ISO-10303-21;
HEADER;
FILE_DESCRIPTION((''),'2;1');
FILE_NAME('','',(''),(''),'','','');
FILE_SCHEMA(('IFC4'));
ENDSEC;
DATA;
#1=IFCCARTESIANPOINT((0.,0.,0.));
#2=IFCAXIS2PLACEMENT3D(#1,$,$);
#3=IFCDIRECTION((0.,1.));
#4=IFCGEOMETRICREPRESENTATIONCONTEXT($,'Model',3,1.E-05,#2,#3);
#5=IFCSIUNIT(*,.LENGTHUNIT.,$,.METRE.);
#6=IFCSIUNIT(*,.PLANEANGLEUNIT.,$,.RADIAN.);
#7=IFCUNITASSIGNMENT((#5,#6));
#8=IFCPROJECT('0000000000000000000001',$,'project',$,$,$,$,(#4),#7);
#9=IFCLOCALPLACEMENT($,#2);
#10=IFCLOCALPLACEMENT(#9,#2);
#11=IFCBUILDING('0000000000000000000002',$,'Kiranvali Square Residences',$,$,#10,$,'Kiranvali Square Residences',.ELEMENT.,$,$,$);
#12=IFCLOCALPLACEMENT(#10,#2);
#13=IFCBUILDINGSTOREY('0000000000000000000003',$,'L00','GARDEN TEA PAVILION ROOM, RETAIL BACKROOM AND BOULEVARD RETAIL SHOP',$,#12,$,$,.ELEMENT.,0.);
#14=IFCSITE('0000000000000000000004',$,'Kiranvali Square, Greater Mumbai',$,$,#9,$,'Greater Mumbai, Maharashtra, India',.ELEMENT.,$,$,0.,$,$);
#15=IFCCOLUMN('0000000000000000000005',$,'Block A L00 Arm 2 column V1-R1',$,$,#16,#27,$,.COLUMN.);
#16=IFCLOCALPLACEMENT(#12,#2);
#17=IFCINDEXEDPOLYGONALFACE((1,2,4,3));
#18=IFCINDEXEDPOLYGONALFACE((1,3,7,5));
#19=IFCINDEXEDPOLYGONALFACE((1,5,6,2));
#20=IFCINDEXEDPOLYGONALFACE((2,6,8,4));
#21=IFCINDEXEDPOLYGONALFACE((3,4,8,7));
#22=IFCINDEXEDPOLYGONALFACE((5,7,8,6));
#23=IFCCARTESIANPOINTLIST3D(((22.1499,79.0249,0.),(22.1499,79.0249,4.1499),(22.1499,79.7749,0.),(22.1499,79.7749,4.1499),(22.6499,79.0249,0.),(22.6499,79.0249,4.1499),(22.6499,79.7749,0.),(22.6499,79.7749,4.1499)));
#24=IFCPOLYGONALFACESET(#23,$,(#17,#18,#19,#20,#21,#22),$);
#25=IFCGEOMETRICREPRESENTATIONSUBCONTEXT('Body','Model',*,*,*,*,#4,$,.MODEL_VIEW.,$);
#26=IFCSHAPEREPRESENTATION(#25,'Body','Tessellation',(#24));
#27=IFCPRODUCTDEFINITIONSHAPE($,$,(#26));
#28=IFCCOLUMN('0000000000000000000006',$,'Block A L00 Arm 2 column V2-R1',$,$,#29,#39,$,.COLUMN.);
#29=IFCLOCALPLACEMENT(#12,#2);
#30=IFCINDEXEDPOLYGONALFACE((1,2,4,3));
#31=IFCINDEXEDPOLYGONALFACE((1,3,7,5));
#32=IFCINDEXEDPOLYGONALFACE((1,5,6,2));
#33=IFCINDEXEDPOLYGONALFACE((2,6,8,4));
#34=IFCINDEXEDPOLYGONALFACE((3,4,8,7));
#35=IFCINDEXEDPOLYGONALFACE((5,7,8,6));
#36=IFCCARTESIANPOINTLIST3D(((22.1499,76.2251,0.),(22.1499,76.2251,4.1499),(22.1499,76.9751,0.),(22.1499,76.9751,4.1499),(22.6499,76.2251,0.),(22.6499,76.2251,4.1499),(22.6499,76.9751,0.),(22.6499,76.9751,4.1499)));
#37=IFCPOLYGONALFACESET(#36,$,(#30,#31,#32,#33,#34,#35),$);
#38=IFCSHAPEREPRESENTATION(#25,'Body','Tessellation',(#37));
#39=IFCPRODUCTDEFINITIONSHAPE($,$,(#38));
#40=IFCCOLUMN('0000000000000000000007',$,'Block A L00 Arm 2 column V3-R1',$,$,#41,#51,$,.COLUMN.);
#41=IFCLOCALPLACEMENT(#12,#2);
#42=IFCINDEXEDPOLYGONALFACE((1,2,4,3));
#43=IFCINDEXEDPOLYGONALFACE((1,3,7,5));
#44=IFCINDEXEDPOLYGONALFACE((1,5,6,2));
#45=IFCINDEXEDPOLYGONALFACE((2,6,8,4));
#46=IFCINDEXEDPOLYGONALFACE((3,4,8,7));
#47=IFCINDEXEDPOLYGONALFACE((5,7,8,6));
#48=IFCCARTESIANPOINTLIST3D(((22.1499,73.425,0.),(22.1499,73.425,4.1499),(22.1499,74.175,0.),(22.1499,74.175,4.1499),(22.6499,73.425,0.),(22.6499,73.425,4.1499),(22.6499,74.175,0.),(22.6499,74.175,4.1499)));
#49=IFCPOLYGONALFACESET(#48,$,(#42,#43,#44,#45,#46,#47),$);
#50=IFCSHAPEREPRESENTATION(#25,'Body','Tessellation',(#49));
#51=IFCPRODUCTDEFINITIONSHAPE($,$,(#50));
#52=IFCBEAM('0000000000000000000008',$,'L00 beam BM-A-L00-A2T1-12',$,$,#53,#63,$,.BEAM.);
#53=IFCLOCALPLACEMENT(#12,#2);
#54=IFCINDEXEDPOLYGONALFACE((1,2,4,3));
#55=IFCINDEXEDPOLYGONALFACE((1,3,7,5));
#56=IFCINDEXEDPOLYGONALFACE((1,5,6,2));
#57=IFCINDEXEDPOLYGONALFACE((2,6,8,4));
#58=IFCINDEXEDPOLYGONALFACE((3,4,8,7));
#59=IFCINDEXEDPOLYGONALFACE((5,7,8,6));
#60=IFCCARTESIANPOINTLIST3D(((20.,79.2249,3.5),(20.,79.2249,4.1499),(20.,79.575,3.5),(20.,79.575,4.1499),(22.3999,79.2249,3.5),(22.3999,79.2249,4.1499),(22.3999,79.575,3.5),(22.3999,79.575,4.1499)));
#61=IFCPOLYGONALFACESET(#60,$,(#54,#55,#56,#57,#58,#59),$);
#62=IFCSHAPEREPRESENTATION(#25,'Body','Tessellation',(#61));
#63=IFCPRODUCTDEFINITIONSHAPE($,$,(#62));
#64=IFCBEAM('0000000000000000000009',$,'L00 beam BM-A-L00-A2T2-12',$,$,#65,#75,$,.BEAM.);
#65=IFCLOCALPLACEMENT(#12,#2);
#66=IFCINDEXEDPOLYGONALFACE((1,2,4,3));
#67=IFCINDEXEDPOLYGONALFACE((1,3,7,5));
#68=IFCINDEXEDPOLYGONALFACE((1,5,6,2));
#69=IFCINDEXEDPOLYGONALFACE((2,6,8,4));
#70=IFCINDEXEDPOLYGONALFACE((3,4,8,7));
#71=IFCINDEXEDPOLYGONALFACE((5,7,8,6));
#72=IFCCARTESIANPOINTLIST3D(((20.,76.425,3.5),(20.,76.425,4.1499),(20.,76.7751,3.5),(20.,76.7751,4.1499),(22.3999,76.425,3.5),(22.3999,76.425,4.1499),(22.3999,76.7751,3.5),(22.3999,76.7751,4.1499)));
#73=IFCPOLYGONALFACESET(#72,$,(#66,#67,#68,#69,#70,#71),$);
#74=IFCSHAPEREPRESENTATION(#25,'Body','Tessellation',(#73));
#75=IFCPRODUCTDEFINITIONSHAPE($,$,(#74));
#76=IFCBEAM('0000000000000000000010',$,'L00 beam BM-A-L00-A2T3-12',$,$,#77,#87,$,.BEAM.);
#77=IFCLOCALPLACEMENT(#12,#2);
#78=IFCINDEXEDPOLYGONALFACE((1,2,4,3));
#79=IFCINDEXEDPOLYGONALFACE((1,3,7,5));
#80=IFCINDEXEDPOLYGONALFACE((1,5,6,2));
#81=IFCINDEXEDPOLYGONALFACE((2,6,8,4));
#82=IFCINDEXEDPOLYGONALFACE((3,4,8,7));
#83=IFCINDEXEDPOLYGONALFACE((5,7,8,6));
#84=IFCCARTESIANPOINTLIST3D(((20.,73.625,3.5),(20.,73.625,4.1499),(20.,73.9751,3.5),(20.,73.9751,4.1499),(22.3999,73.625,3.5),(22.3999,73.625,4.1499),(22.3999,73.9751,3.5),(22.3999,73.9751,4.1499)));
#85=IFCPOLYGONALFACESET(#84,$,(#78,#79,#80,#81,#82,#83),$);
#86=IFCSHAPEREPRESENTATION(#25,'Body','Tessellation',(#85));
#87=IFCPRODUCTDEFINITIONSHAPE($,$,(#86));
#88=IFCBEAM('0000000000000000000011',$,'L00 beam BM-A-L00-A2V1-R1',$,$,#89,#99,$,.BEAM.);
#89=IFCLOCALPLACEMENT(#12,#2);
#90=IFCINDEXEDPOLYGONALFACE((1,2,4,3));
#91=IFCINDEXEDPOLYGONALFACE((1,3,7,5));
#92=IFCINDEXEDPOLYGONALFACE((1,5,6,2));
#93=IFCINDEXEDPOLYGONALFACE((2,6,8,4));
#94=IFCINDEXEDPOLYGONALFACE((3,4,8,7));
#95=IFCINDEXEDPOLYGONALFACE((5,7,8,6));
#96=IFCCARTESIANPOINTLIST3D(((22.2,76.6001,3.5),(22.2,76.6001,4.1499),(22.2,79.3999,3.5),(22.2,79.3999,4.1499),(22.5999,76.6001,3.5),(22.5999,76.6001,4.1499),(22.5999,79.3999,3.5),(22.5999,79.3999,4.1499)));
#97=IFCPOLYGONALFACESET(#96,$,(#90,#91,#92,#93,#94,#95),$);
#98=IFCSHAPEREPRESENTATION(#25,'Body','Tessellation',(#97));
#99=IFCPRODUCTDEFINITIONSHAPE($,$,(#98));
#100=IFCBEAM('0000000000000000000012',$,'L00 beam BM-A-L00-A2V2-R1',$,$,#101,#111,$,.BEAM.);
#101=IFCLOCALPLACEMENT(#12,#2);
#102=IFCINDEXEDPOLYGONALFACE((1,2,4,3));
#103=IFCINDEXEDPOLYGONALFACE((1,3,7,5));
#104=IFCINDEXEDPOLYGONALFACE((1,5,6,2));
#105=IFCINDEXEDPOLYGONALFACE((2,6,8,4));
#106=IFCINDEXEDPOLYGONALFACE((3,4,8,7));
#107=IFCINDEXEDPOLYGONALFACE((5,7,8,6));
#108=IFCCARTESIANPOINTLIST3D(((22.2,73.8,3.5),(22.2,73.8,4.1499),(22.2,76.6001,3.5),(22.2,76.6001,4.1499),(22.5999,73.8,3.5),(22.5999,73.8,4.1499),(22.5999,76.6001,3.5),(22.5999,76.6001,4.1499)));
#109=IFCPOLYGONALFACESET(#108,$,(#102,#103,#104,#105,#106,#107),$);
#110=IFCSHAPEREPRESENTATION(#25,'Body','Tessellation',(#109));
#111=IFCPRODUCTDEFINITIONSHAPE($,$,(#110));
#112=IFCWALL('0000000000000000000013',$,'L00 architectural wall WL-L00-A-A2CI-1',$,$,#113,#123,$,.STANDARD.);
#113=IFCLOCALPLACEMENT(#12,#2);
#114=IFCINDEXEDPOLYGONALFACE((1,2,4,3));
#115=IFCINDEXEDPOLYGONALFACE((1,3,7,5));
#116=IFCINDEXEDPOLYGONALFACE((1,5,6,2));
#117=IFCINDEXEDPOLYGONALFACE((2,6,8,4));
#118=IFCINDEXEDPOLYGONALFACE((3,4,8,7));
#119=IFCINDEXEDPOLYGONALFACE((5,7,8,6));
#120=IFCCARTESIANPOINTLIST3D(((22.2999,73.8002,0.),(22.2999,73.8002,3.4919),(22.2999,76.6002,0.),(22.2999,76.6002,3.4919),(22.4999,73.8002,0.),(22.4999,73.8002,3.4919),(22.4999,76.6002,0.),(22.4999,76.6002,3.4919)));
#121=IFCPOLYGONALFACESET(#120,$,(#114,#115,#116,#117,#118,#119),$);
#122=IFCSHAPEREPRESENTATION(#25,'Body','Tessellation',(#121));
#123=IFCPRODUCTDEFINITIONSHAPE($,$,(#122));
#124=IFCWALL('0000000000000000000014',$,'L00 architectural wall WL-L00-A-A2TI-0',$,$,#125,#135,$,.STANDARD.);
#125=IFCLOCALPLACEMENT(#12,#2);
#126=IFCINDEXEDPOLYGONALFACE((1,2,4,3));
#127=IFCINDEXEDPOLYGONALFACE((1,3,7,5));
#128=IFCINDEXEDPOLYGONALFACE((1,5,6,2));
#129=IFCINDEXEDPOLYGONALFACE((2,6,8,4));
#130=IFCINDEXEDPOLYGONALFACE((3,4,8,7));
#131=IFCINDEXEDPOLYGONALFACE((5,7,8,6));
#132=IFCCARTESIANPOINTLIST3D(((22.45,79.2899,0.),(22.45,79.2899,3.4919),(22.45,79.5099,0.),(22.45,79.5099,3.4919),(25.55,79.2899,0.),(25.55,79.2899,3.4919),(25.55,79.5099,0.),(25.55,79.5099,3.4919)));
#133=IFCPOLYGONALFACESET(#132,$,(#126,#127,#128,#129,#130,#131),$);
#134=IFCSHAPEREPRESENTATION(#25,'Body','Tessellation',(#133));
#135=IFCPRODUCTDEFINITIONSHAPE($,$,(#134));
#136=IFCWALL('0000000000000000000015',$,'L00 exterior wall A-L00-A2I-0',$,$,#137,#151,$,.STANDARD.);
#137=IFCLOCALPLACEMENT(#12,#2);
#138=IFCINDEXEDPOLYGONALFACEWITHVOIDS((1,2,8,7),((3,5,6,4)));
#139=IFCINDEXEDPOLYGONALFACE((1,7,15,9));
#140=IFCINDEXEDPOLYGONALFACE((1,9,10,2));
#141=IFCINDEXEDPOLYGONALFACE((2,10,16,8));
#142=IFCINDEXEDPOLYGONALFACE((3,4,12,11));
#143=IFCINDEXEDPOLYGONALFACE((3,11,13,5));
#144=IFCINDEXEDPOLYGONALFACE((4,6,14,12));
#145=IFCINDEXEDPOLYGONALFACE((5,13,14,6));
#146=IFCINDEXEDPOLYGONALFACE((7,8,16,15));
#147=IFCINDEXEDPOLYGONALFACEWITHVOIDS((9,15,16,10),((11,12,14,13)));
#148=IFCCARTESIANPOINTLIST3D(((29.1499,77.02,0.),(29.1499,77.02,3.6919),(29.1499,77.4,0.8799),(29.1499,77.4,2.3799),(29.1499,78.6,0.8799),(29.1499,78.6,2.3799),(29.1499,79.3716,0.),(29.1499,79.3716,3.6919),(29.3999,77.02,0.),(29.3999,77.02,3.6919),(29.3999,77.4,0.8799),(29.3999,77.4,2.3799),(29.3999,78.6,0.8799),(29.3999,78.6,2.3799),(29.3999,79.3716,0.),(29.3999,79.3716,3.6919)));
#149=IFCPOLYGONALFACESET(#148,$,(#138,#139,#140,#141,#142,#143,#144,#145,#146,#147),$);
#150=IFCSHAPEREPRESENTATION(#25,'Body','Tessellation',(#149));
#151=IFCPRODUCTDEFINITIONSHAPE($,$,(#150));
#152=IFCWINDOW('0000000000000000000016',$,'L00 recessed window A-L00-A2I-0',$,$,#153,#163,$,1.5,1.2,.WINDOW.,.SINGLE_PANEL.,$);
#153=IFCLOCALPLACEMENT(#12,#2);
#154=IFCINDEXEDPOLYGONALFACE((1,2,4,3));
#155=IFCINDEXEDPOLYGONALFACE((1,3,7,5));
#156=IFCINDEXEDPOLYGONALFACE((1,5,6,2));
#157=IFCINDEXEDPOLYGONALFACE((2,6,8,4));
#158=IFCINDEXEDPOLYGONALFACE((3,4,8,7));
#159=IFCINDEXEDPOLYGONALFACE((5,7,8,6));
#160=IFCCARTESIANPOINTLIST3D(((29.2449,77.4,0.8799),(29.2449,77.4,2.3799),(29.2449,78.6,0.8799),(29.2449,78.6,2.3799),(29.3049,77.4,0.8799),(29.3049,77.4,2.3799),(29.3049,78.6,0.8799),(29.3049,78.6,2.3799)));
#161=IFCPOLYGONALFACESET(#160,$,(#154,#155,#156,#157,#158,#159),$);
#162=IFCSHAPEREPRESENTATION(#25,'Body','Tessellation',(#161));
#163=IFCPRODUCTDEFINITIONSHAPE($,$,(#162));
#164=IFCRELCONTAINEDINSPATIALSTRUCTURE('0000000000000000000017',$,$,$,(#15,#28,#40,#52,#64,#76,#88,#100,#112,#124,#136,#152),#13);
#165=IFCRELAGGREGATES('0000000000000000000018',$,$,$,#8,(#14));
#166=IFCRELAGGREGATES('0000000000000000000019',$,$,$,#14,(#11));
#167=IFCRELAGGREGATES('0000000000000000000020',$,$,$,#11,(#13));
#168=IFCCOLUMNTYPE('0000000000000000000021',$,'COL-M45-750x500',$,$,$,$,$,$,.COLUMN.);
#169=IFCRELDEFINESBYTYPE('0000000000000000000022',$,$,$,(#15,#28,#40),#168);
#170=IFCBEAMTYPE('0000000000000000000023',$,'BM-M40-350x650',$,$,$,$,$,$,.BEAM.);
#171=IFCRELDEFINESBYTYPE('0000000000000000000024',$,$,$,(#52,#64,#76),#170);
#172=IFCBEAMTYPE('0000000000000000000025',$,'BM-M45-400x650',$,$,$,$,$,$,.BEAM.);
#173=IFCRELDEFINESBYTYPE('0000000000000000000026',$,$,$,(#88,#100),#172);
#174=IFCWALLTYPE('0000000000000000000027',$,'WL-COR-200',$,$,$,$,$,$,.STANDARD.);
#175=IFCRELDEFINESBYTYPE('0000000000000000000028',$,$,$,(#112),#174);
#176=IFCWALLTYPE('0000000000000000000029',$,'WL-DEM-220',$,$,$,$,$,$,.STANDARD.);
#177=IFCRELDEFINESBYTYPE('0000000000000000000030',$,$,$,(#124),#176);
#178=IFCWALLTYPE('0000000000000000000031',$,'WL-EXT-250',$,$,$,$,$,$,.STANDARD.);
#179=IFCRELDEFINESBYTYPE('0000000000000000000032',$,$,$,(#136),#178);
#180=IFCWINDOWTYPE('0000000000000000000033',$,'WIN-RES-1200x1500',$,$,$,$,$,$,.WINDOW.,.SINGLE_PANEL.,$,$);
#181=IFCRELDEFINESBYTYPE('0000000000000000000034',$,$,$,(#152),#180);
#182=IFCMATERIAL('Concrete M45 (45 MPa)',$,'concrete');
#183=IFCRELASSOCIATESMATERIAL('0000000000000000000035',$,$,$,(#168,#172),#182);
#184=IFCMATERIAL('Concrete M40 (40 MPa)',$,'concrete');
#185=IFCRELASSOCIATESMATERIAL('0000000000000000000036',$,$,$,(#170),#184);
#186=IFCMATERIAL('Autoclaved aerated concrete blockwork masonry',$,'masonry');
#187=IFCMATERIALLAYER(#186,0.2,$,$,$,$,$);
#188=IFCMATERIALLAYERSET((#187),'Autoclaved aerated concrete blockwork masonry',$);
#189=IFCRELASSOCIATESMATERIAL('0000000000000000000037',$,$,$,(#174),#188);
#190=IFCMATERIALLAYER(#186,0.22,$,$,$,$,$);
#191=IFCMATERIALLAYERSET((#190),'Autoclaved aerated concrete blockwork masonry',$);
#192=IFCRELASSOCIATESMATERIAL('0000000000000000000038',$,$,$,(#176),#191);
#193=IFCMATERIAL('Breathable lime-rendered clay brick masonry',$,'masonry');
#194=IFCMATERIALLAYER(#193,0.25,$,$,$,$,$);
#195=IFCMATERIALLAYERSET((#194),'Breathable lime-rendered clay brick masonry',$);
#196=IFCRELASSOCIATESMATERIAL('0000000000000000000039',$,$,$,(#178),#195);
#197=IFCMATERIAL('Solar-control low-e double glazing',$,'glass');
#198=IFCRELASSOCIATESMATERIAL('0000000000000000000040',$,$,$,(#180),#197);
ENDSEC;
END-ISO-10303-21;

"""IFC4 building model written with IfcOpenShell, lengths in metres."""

from ifc_helpers import new_model, si_unit, direction, frame, frame_2d, origin, origin_2d, place, context, subcontext, project, spatial, rectangle, extrude, material, layer, layer_set, material_profile, profile_set, type_object, element, fill, save


model = new_model("IFC4")

# Units and contexts
model_context = context("Model", 3, precision=1e-05, world=origin(), true_north=direction((0.0, 1.0)))
body_context = subcontext(model_context, "Body", "Model", "MODEL_VIEW")
ifc_project = project(units=[si_unit("LENGTHUNIT", "METRE"), si_unit("PLANEANGLEUNIT", "RADIAN")], contexts=[model_context])

# Site, building, storey
site_placement = place(None, origin())
site = spatial("IfcSite", under=ifc_project, at=site_placement, Name="Kiranvali Square, Greater Mumbai", LongName="Greater Mumbai, Maharashtra, India", CompositionType="ELEMENT", RefElevation=0.0)
building_placement = place(site_placement, origin())
building = spatial("IfcBuilding", under=site, at=building_placement, Name="Kiranvali Square Residences", LongName="Kiranvali Square Residences", CompositionType="ELEMENT")
storey_placement = place(building_placement, origin())
storey = spatial("IfcBuildingStorey", under=building, at=storey_placement, Name="L00", Description="GARDEN TEA PAVILION ROOM, RETAIL BACKROOM AND BOULEVARD RETAIL SHOP", CompositionType="ELEMENT", Elevation=0.0)

# Columns
ifc_material_1 = material(Name="Concrete M45 (45 MPa)", Category="concrete")
ifc_material_profile_1 = material_profile(ifc_material_1, rectangle(XDim=0.5, YDim=0.75, at=origin_2d()), Name="RC 750x500")
ifc_profile_set_1 = profile_set([ifc_material_profile_1], Name="Concrete M45 (45 MPa)")
column_type = type_object("IfcColumnType", Name="COL-M45-750x500", PredefinedType="COLUMN", material=ifc_profile_set_1)
for number, where, z_axis, x_axis, name in (
    (1, (22.3999, 79.3999, 0.0), (0.0, 0.0, 1.0), (1.0, 0.0, 0.0), "Block A L00 Arm 2 column V1-R1"),
    (2, (22.3999, 76.6001, 0.0), (0.0, 0.0, 1.0), (1.0, 0.0, 0.0), "Block A L00 Arm 2 column V2-R1"),
    (3, (22.3999, 73.8, 0.0), (0.0, 0.0, 1.0), (1.0, 0.0, 0.0), "Block A L00 Arm 2 column V3-R1"),
):
    element("IfcColumn", number, at=place(storey_placement, frame(where, z_axis=z_axis, x_axis=x_axis)), inside=storey, type_object=column_type, Name=name, PredefinedType="COLUMN", context=body_context, shape_type="SweptSolid", body=[
        extrude(rectangle(XDim=0.5, YDim=0.75, at=origin_2d()), origin(), (0.0, 0.0, 1.0), 4.1499),
    ])

# Beams
ifc_material_2 = material(Name="Concrete M40 (40 MPa)", Category="concrete")
ifc_material_profile_2 = material_profile(ifc_material_2, rectangle(XDim=0.3501, YDim=0.6499, at=origin_2d()), Name="RC 350x650")
ifc_profile_set_2 = profile_set([ifc_material_profile_2], Name="Concrete M40 (40 MPa)")
beam_type_1 = type_object("IfcBeamType", Name="BM-M40-350x650", PredefinedType="BEAM", material=ifc_profile_set_2)
for number, where, z_axis, x_axis, name in (
    (4, (22.3999, 79.3999, 3.825), (-1.0, 0.0, 0.0), (0.0, -1.0, 0.0), "L00 beam BM-A-L00-A2T1-12"),
    (5, (22.3999, 76.6001, 3.825), (-1.0, 0.0, 0.0), (0.0, -1.0, 0.0), "L00 beam BM-A-L00-A2T2-12"),
    (6, (22.3999, 73.8, 3.825), (-1.0, 0.0, 0.0), (0.0, -1.0, 0.0), "L00 beam BM-A-L00-A2T3-12"),
):
    element("IfcBeam", number, at=place(storey_placement, frame(where, z_axis=z_axis, x_axis=x_axis)), inside=storey, type_object=beam_type_1, Name=name, PredefinedType="BEAM", context=body_context, shape_type="SweptSolid", body=[
        extrude(rectangle(XDim=0.3501, YDim=0.6499, at=origin_2d()), origin(), (0.0, 0.0, 1.0), 2.3999),
    ])
ifc_material_profile_3 = material_profile(ifc_material_1, rectangle(XDim=0.3999, YDim=0.6499, at=origin_2d()), Name="RC 400x650")
ifc_profile_set_3 = profile_set([ifc_material_profile_3], Name="Concrete M45 (45 MPa)")
beam_type_2 = type_object("IfcBeamType", Name="BM-M45-400x650", PredefinedType="BEAM", material=ifc_profile_set_3)
beam_1_placement = place(storey_placement, frame((22.3999, 79.3999, 3.825), z_axis=(0.0, -1.0, 0.0), x_axis=(1.0, 0.0, 0.0)))
element("IfcBeam", 7, at=beam_1_placement, inside=storey, type_object=beam_type_2, Name="L00 beam BM-A-L00-A2V1-R1", PredefinedType="BEAM", context=body_context, shape_type="SweptSolid", body=[
    extrude(rectangle(XDim=0.3999, YDim=0.6499, at=origin_2d()), origin(), (0.0, 0.0, 1.0), 2.7998),
])
beam_2_placement = place(storey_placement, frame((22.3999, 76.6001, 3.825), z_axis=(0.0, -1.0, 0.0), x_axis=(1.0, 0.0, 0.0)))
element("IfcBeam", 8, at=beam_2_placement, inside=storey, type_object=beam_type_2, Name="L00 beam BM-A-L00-A2V2-R1", PredefinedType="BEAM", context=body_context, shape_type="SweptSolid", body=[
    extrude(rectangle(XDim=0.3999, YDim=0.6499, at=origin_2d()), origin(), (0.0, 0.0, 1.0), 2.8),
])

# Shared definitions
ifc_material_3 = material(Name="Autoclaved aerated concrete blockwork masonry", Category="masonry")
ifc_layer_1 = layer(ifc_material_3, 0.2)
ifc_layer_set_1 = layer_set([ifc_layer_1], Name="Autoclaved aerated concrete blockwork masonry")
wall_type_1 = type_object("IfcWallType", Name="WL-COR-200", PredefinedType="STANDARD", material=ifc_layer_set_1)

# Walls
wall_1_placement = place(storey_placement, frame((22.3999, 76.6001, 0.0), z_axis=(0.0, 0.0, 1.0), x_axis=(0.0, -1.0, 0.0)))
element("IfcWall", 9, at=wall_1_placement, inside=storey, type_object=wall_type_1, Name="L00 architectural wall WL-L00-A-A2CI-1", PredefinedType="STANDARD", context=body_context, shape_type="SweptSolid", body=[
    extrude(rectangle(XDim=2.8, YDim=0.2, at=frame_2d((1.3999, 0.0))), origin(), (0.0, 0.0, 1.0), 3.4919),
])
ifc_layer_2 = layer(ifc_material_3, 0.22)
ifc_layer_set_2 = layer_set([ifc_layer_2], Name="Autoclaved aerated concrete blockwork masonry")
wall_type_2 = type_object("IfcWallType", Name="WL-DEM-220", PredefinedType="STANDARD", material=ifc_layer_set_2)
wall_2_placement = place(storey_placement, frame((25.55, 79.3999, 0.0), z_axis=(0.0, 0.0, 1.0), x_axis=(-1.0, 0.0, 0.0)))
element("IfcWall", 10, at=wall_2_placement, inside=storey, type_object=wall_type_2, Name="L00 architectural wall WL-L00-A-A2TI-0", PredefinedType="STANDARD", context=body_context, shape_type="SweptSolid", body=[
    extrude(rectangle(XDim=3.1001, YDim=0.22, at=frame_2d((1.55, 0.0))), origin(), (0.0, 0.0, 1.0), 3.4919),
])

# Wall, opening, window
ifc_material_4 = material(Name="Breathable lime-rendered clay brick masonry", Category="masonry")
ifc_layer_3 = layer(ifc_material_4, 0.25)
ifc_layer_set_3 = layer_set([ifc_layer_3], Name="Breathable lime-rendered clay brick masonry")
wall_type_3 = type_object("IfcWallType", Name="WL-EXT-250", PredefinedType="STANDARD", material=ifc_layer_set_3)
wall_3_placement = place(storey_placement, frame((29.2749, 79.3716, 0.0), z_axis=(0.0, 0.0, 1.0), x_axis=(0.0, -1.0, 0.0)))
wall_3 = element("IfcWall", 11, at=wall_3_placement, inside=storey, type_object=wall_type_3, Name="L00 exterior wall A-L00-A2I-0", PredefinedType="STANDARD", context=body_context, shape_type="SweptSolid", body=[
    extrude(rectangle(XDim=2.3516, YDim=0.25, at=frame_2d((1.1758, 0.0))), origin(), (0.0, 0.0, 1.0), 3.6919),
])
opening_1_placement = place(wall_3_placement, frame((0.7715, 0.0, 0.8799)))
opening_1 = element("IfcOpeningElement", 12, at=opening_1_placement, cuts=wall_3, PredefinedType="OPENING", context=body_context, shape_type="SweptSolid", body=[
    extrude(rectangle(XDim=1.2, YDim=1.5, at=frame_2d((0.6001, 0.75))), frame((0.0, 0.135, 0.0), z_axis=(0.0, -1.0, 0.0), x_axis=(1.0, 0.0, 0.0)), (0.0, 0.0, 1.0), 0.27),
])
ifc_material_5 = material(Name="Solar-control low-e double glazing", Category="glass")
window_type_1 = type_object("IfcWindowType", Name="WIN-RES-1200x1500", PartitioningType="SINGLE_PANEL", PredefinedType="WINDOW", material=ifc_material_5)
window_1_placement = place(opening_1_placement, origin())
window_1 = element("IfcWindow", 13, at=window_1_placement, inside=storey, type_object=window_type_1, Name="L00 recessed window A-L00-A2I-0", OverallHeight=1.5, OverallWidth=1.2, PartitioningType="SINGLE_PANEL", PredefinedType="WINDOW", context=body_context, shape_type="SweptSolid", body=[
    extrude(rectangle(XDim=1.2, YDim=1.5, at=frame_2d((0.6001, 0.75))), frame((0.0, 0.03, 0.0), z_axis=(0.0, -1.0, 0.0), x_axis=(1.0, 0.0, 0.0)), (0.0, 0.0, 1.0), 0.0601),
])
fill(opening_1, window_1)

save(model, "model.ifc")
